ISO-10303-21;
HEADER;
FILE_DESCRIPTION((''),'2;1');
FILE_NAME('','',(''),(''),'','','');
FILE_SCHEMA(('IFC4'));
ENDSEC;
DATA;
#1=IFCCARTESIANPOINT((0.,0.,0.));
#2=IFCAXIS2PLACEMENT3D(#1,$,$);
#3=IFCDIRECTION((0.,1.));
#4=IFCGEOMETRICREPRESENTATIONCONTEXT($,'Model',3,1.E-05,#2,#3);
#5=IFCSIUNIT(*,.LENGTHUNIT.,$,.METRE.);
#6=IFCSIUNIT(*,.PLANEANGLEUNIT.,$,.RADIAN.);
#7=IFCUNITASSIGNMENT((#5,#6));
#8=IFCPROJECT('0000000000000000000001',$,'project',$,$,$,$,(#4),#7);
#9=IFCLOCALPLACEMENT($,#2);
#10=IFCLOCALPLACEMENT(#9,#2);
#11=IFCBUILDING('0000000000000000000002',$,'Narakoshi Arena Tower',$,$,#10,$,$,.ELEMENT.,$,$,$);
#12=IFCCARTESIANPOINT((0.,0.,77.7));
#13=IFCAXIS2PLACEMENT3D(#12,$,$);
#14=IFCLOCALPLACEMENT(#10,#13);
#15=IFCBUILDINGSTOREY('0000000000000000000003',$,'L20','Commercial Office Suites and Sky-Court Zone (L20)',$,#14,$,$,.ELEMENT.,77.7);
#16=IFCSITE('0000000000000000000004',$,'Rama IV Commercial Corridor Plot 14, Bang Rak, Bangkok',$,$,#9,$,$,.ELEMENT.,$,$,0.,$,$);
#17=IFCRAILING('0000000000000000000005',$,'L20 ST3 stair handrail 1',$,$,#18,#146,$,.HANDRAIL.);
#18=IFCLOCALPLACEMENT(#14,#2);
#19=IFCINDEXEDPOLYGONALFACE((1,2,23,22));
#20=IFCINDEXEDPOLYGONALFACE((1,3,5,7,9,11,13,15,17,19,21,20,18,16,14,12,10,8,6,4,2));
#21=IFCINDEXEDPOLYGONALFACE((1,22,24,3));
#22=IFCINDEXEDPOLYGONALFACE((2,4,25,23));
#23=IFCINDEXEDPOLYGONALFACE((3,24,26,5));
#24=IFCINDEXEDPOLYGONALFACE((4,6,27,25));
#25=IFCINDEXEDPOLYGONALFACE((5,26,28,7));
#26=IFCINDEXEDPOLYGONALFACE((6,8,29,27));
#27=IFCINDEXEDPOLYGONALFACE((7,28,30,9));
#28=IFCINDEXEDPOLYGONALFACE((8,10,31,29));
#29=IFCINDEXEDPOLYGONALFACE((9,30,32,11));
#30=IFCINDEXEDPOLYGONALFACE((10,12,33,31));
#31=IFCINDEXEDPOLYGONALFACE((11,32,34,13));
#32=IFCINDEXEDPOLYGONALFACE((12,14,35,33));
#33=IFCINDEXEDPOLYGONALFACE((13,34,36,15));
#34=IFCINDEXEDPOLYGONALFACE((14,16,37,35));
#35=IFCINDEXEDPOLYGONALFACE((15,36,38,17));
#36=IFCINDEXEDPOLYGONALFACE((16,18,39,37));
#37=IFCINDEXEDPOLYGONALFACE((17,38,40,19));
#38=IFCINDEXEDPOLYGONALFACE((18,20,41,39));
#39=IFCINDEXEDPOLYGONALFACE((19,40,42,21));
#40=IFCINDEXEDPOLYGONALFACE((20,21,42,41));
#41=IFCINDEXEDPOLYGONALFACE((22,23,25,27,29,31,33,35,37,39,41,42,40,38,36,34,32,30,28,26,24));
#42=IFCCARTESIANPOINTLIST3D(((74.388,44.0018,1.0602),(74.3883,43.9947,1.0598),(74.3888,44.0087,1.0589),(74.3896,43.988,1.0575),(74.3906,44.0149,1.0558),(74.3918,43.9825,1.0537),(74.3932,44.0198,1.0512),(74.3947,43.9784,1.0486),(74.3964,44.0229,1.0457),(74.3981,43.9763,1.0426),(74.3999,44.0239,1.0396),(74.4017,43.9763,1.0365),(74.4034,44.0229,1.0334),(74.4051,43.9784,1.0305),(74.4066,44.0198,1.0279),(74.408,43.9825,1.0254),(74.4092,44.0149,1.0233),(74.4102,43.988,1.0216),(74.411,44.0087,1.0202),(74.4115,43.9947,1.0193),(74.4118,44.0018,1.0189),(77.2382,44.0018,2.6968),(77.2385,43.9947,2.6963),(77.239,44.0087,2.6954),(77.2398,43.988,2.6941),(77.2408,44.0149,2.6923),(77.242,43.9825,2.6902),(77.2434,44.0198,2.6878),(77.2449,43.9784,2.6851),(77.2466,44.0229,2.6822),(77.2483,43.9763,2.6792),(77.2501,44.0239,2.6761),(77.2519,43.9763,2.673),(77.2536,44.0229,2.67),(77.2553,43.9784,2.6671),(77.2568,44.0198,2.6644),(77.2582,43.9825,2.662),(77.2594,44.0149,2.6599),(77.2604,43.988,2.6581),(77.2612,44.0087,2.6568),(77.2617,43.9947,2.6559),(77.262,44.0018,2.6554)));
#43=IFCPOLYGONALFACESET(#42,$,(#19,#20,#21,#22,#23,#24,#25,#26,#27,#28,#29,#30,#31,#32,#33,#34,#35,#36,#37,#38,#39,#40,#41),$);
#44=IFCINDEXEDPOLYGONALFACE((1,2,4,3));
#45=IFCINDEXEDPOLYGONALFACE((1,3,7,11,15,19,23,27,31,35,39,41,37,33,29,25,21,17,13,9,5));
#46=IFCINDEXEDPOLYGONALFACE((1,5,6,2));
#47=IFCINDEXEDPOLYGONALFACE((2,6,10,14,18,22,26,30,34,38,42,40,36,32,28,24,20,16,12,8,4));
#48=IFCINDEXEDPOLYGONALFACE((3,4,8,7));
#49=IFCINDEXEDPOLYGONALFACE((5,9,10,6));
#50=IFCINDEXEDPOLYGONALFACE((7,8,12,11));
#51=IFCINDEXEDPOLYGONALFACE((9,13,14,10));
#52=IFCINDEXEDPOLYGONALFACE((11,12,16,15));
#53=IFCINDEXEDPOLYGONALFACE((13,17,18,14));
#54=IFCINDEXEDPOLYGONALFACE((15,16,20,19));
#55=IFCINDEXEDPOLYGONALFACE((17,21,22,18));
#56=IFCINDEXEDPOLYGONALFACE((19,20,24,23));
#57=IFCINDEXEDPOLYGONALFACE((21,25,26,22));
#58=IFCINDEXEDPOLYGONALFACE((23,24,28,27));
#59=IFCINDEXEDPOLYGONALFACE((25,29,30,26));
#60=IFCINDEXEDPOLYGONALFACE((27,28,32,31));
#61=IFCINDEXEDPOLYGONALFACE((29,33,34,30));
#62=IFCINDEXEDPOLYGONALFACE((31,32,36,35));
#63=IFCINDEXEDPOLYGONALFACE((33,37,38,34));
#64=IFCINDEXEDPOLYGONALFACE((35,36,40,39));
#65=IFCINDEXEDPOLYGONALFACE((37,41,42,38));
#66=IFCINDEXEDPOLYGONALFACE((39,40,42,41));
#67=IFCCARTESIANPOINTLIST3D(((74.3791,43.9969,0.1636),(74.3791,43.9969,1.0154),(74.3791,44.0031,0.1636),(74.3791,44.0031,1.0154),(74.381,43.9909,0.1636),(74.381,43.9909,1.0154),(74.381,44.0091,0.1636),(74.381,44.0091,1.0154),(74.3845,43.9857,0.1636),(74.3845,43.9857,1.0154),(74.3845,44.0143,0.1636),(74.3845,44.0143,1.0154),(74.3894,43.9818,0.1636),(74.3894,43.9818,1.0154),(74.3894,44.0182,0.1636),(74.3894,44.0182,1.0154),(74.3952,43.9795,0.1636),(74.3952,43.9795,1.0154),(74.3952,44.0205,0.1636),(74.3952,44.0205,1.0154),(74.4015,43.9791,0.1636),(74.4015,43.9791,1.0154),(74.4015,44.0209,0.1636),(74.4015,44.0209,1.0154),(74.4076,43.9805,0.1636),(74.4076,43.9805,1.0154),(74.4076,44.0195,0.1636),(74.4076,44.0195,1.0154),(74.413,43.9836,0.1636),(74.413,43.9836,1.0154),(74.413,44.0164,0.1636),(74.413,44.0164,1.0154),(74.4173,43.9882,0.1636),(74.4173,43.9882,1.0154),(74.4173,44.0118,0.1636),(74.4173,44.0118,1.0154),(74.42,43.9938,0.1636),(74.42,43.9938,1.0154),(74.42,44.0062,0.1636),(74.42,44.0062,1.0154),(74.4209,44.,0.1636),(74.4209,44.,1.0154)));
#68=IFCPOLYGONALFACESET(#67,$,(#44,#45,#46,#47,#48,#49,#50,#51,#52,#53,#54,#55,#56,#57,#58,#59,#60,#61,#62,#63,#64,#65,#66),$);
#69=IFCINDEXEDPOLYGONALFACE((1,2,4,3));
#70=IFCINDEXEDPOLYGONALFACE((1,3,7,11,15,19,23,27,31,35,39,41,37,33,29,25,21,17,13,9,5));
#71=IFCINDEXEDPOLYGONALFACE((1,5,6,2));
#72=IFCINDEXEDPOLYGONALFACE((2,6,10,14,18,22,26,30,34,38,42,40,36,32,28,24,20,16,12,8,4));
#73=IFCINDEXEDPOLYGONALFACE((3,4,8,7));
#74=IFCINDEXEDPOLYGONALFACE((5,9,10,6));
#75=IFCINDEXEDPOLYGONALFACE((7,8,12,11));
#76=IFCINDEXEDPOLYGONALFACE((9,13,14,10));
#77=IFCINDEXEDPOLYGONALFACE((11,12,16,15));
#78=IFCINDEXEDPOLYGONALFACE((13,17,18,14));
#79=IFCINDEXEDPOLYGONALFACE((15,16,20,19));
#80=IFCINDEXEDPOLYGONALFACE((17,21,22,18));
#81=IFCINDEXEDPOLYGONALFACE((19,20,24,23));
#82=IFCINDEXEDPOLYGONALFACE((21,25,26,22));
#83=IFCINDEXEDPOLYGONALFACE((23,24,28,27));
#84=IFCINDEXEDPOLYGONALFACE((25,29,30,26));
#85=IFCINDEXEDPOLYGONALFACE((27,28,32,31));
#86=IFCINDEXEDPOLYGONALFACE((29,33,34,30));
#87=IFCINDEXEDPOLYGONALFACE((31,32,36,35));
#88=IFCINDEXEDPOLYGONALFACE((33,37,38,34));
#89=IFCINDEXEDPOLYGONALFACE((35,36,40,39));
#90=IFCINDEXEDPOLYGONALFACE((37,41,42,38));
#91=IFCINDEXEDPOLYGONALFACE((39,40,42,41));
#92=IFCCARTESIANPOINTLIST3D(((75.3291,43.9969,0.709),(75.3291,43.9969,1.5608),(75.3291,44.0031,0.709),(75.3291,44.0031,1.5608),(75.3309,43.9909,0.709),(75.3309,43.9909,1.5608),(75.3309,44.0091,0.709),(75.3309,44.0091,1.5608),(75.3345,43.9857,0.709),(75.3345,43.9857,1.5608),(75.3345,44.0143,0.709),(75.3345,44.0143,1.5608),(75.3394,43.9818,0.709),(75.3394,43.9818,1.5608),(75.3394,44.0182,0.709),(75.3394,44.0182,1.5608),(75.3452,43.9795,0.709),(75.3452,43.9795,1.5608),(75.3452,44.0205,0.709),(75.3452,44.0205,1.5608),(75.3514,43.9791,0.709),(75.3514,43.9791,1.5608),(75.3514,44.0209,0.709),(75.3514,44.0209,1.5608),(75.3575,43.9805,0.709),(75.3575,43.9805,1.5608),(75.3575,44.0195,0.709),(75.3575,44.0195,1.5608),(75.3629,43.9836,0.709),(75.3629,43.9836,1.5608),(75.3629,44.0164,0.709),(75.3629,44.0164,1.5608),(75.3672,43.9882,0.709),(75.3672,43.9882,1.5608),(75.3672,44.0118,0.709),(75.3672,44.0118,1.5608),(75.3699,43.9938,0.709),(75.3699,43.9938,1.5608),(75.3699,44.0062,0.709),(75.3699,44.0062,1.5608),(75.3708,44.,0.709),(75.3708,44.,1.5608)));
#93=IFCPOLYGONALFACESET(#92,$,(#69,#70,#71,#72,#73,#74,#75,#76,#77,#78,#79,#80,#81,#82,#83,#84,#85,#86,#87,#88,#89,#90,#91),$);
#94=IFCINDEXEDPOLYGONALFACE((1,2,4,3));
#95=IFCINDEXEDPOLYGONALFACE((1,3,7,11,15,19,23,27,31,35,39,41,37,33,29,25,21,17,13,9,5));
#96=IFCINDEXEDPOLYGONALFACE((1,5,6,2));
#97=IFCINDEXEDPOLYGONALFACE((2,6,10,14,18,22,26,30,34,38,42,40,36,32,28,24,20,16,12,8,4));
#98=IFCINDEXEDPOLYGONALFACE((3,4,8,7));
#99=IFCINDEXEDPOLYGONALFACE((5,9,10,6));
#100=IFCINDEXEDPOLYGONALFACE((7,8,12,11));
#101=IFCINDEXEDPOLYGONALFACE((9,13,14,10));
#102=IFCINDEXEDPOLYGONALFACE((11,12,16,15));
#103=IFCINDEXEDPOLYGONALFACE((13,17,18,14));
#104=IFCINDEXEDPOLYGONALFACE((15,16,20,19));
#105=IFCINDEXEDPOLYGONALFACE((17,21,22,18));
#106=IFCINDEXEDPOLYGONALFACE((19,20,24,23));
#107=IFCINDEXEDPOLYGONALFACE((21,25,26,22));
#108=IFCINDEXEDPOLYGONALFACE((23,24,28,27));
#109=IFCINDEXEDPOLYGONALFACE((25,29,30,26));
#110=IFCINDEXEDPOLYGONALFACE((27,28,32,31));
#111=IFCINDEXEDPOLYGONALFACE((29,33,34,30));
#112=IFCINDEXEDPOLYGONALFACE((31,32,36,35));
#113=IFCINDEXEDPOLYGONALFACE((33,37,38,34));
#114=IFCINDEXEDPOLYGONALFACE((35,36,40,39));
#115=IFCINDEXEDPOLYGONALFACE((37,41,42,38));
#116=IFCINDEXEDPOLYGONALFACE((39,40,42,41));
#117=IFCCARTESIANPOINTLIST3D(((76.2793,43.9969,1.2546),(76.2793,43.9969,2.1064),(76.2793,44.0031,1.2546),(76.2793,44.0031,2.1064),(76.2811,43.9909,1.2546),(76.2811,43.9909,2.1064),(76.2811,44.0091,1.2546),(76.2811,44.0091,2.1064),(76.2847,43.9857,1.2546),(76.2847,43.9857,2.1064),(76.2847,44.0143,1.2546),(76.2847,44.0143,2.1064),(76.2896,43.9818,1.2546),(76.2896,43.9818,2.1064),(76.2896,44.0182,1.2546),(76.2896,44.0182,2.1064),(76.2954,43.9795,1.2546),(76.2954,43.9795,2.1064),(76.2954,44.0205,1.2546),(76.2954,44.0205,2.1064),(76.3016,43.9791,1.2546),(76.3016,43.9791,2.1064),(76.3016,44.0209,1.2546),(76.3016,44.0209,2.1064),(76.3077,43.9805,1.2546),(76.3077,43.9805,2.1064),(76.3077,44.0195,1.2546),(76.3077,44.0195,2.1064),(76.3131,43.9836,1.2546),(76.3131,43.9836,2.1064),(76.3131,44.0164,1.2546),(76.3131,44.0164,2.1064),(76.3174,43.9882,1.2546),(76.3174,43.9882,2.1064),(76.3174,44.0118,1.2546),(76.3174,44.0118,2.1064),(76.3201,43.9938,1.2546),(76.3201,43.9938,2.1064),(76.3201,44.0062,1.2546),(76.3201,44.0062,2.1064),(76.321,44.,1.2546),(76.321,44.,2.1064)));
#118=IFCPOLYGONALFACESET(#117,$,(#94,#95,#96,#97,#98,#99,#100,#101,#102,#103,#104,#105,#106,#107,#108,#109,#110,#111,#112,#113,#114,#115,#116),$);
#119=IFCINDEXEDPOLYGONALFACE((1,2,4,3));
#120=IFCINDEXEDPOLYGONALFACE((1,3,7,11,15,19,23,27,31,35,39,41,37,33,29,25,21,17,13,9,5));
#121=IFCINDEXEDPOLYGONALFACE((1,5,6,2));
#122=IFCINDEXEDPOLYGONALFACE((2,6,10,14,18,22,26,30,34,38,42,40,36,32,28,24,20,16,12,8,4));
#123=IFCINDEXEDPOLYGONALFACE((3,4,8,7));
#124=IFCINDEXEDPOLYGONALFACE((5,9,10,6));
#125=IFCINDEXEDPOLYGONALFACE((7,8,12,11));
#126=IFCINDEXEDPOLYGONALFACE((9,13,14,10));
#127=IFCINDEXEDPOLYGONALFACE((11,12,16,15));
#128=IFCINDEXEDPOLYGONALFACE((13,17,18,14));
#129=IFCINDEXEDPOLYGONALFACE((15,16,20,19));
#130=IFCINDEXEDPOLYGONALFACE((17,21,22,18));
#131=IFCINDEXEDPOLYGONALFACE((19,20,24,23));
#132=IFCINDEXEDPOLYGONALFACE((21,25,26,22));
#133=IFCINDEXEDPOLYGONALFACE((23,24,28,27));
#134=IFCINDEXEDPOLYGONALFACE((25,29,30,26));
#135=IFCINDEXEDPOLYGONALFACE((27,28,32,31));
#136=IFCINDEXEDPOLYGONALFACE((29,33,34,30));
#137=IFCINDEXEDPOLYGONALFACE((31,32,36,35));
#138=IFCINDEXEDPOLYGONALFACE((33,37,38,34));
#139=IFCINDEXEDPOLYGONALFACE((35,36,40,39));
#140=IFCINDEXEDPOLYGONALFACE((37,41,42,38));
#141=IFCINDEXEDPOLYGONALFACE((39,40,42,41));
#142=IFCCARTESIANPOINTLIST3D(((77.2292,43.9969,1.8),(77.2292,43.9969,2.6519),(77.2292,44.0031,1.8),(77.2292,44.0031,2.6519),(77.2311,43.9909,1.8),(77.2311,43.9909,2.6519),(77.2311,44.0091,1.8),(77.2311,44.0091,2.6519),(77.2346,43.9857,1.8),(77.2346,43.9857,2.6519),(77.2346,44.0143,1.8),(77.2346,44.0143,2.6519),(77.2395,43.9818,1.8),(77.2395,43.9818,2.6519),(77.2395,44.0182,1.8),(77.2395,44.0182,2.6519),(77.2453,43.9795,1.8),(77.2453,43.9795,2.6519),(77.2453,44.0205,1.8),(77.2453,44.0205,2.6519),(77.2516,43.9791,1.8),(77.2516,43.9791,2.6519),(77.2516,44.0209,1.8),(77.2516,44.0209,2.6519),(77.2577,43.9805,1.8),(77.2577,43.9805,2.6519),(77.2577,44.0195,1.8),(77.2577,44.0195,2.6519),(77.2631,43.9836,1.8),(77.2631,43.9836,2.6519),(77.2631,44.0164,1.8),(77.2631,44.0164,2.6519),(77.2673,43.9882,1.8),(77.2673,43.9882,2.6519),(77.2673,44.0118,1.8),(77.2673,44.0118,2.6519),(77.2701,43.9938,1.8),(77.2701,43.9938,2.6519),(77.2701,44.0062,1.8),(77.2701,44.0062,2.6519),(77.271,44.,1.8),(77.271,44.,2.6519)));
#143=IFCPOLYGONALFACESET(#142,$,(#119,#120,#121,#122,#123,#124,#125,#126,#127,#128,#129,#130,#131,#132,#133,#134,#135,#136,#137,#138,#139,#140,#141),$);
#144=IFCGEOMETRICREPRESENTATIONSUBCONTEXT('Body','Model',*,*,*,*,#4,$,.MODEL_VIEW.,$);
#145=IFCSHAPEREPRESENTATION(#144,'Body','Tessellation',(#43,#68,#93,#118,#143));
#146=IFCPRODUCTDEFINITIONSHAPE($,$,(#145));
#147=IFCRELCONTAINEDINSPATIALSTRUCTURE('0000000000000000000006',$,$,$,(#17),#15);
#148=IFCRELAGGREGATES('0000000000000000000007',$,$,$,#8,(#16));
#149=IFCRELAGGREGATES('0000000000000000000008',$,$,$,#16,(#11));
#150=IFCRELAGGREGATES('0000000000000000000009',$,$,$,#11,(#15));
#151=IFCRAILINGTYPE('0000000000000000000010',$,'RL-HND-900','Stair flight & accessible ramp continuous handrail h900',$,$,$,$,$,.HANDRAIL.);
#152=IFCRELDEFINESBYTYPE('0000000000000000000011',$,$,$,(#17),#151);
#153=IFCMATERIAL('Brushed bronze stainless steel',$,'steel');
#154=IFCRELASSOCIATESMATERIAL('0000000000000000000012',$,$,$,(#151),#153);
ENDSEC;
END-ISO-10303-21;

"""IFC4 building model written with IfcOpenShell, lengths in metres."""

from ifc_helpers import new_model, si_unit, direction, frame, origin, origin_2d, place, context, subcontext, project, spatial, circle, extrude, material, type_object, element, save


model = new_model("IFC4")

# Units and contexts
model_context = context("Model", 3, precision=1e-05, world=origin(), true_north=direction((0.0, 1.0)))
body_context = subcontext(model_context, "Body", "Model", "MODEL_VIEW")
ifc_project = project(units=[si_unit("LENGTHUNIT", "METRE"), si_unit("PLANEANGLEUNIT", "RADIAN")], contexts=[model_context])

# Site, building, storey
site_placement = place(None, origin())
site = spatial("IfcSite", under=ifc_project, at=site_placement, Name="Rama IV Commercial Corridor Plot 14, Bang Rak, Bangkok", CompositionType="ELEMENT", RefElevation=0.0)
building_placement = place(site_placement, origin())
building = spatial("IfcBuilding", under=site, at=building_placement, Name="Narakoshi Arena Tower", CompositionType="ELEMENT")
storey_placement = place(building_placement, frame((0.0, 0.0, 77.7)))
storey = spatial("IfcBuildingStorey", under=building, at=storey_placement, Name="L20", Description="Commercial Office Suites and Sky-Court Zone (L20)", CompositionType="ELEMENT", Elevation=77.7)

# Railing
ifc_material_1 = material(Name="Brushed bronze stainless steel", Category="steel")
railing_type_1 = type_object("IfcRailingType", Name="RL-HND-900", Description="Stair flight & accessible ramp continuous handrail h900", PredefinedType="HANDRAIL", material=ifc_material_1)
for number, where, name in (
    (1, (74.3999, 44.0, 0.1636), "L20 ST3 stair handrail 1"),
):
    element("IfcRailing", number, at=place(storey_placement, frame(where)), inside=storey, type_object=railing_type_1, Name=name, PredefinedType="HANDRAIL", context=body_context, shape_type="SweptSolid", body=[
        extrude(circle(Radius=0.0239, at=origin_2d()), frame((0.0, 0.0, 0.876), z_axis=(0.867213, 0.0, 0.497938), x_axis=(0.0, 1.0, 0.0)), (0.0, 0.0, 1.0), 3.2866),
        extrude(circle(Radius=0.021, at=origin_2d()), origin(), (0.0, 0.0, 1.0), 0.8518),
        extrude(circle(Radius=0.021, at=origin_2d()), frame((0.95, 0.0, 0.5454)), (0.0, 0.0, 1.0), 0.8518),
        extrude(circle(Radius=0.021, at=origin_2d()), frame((1.9001, 0.0, 1.0911)), (0.0, 0.0, 1.0), 0.8518),
        extrude(circle(Radius=0.021, at=origin_2d()), frame((2.8501, 0.0, 1.6365)), (0.0, 0.0, 1.0), 0.8518),
    ])

save(model, "model.ifc")
